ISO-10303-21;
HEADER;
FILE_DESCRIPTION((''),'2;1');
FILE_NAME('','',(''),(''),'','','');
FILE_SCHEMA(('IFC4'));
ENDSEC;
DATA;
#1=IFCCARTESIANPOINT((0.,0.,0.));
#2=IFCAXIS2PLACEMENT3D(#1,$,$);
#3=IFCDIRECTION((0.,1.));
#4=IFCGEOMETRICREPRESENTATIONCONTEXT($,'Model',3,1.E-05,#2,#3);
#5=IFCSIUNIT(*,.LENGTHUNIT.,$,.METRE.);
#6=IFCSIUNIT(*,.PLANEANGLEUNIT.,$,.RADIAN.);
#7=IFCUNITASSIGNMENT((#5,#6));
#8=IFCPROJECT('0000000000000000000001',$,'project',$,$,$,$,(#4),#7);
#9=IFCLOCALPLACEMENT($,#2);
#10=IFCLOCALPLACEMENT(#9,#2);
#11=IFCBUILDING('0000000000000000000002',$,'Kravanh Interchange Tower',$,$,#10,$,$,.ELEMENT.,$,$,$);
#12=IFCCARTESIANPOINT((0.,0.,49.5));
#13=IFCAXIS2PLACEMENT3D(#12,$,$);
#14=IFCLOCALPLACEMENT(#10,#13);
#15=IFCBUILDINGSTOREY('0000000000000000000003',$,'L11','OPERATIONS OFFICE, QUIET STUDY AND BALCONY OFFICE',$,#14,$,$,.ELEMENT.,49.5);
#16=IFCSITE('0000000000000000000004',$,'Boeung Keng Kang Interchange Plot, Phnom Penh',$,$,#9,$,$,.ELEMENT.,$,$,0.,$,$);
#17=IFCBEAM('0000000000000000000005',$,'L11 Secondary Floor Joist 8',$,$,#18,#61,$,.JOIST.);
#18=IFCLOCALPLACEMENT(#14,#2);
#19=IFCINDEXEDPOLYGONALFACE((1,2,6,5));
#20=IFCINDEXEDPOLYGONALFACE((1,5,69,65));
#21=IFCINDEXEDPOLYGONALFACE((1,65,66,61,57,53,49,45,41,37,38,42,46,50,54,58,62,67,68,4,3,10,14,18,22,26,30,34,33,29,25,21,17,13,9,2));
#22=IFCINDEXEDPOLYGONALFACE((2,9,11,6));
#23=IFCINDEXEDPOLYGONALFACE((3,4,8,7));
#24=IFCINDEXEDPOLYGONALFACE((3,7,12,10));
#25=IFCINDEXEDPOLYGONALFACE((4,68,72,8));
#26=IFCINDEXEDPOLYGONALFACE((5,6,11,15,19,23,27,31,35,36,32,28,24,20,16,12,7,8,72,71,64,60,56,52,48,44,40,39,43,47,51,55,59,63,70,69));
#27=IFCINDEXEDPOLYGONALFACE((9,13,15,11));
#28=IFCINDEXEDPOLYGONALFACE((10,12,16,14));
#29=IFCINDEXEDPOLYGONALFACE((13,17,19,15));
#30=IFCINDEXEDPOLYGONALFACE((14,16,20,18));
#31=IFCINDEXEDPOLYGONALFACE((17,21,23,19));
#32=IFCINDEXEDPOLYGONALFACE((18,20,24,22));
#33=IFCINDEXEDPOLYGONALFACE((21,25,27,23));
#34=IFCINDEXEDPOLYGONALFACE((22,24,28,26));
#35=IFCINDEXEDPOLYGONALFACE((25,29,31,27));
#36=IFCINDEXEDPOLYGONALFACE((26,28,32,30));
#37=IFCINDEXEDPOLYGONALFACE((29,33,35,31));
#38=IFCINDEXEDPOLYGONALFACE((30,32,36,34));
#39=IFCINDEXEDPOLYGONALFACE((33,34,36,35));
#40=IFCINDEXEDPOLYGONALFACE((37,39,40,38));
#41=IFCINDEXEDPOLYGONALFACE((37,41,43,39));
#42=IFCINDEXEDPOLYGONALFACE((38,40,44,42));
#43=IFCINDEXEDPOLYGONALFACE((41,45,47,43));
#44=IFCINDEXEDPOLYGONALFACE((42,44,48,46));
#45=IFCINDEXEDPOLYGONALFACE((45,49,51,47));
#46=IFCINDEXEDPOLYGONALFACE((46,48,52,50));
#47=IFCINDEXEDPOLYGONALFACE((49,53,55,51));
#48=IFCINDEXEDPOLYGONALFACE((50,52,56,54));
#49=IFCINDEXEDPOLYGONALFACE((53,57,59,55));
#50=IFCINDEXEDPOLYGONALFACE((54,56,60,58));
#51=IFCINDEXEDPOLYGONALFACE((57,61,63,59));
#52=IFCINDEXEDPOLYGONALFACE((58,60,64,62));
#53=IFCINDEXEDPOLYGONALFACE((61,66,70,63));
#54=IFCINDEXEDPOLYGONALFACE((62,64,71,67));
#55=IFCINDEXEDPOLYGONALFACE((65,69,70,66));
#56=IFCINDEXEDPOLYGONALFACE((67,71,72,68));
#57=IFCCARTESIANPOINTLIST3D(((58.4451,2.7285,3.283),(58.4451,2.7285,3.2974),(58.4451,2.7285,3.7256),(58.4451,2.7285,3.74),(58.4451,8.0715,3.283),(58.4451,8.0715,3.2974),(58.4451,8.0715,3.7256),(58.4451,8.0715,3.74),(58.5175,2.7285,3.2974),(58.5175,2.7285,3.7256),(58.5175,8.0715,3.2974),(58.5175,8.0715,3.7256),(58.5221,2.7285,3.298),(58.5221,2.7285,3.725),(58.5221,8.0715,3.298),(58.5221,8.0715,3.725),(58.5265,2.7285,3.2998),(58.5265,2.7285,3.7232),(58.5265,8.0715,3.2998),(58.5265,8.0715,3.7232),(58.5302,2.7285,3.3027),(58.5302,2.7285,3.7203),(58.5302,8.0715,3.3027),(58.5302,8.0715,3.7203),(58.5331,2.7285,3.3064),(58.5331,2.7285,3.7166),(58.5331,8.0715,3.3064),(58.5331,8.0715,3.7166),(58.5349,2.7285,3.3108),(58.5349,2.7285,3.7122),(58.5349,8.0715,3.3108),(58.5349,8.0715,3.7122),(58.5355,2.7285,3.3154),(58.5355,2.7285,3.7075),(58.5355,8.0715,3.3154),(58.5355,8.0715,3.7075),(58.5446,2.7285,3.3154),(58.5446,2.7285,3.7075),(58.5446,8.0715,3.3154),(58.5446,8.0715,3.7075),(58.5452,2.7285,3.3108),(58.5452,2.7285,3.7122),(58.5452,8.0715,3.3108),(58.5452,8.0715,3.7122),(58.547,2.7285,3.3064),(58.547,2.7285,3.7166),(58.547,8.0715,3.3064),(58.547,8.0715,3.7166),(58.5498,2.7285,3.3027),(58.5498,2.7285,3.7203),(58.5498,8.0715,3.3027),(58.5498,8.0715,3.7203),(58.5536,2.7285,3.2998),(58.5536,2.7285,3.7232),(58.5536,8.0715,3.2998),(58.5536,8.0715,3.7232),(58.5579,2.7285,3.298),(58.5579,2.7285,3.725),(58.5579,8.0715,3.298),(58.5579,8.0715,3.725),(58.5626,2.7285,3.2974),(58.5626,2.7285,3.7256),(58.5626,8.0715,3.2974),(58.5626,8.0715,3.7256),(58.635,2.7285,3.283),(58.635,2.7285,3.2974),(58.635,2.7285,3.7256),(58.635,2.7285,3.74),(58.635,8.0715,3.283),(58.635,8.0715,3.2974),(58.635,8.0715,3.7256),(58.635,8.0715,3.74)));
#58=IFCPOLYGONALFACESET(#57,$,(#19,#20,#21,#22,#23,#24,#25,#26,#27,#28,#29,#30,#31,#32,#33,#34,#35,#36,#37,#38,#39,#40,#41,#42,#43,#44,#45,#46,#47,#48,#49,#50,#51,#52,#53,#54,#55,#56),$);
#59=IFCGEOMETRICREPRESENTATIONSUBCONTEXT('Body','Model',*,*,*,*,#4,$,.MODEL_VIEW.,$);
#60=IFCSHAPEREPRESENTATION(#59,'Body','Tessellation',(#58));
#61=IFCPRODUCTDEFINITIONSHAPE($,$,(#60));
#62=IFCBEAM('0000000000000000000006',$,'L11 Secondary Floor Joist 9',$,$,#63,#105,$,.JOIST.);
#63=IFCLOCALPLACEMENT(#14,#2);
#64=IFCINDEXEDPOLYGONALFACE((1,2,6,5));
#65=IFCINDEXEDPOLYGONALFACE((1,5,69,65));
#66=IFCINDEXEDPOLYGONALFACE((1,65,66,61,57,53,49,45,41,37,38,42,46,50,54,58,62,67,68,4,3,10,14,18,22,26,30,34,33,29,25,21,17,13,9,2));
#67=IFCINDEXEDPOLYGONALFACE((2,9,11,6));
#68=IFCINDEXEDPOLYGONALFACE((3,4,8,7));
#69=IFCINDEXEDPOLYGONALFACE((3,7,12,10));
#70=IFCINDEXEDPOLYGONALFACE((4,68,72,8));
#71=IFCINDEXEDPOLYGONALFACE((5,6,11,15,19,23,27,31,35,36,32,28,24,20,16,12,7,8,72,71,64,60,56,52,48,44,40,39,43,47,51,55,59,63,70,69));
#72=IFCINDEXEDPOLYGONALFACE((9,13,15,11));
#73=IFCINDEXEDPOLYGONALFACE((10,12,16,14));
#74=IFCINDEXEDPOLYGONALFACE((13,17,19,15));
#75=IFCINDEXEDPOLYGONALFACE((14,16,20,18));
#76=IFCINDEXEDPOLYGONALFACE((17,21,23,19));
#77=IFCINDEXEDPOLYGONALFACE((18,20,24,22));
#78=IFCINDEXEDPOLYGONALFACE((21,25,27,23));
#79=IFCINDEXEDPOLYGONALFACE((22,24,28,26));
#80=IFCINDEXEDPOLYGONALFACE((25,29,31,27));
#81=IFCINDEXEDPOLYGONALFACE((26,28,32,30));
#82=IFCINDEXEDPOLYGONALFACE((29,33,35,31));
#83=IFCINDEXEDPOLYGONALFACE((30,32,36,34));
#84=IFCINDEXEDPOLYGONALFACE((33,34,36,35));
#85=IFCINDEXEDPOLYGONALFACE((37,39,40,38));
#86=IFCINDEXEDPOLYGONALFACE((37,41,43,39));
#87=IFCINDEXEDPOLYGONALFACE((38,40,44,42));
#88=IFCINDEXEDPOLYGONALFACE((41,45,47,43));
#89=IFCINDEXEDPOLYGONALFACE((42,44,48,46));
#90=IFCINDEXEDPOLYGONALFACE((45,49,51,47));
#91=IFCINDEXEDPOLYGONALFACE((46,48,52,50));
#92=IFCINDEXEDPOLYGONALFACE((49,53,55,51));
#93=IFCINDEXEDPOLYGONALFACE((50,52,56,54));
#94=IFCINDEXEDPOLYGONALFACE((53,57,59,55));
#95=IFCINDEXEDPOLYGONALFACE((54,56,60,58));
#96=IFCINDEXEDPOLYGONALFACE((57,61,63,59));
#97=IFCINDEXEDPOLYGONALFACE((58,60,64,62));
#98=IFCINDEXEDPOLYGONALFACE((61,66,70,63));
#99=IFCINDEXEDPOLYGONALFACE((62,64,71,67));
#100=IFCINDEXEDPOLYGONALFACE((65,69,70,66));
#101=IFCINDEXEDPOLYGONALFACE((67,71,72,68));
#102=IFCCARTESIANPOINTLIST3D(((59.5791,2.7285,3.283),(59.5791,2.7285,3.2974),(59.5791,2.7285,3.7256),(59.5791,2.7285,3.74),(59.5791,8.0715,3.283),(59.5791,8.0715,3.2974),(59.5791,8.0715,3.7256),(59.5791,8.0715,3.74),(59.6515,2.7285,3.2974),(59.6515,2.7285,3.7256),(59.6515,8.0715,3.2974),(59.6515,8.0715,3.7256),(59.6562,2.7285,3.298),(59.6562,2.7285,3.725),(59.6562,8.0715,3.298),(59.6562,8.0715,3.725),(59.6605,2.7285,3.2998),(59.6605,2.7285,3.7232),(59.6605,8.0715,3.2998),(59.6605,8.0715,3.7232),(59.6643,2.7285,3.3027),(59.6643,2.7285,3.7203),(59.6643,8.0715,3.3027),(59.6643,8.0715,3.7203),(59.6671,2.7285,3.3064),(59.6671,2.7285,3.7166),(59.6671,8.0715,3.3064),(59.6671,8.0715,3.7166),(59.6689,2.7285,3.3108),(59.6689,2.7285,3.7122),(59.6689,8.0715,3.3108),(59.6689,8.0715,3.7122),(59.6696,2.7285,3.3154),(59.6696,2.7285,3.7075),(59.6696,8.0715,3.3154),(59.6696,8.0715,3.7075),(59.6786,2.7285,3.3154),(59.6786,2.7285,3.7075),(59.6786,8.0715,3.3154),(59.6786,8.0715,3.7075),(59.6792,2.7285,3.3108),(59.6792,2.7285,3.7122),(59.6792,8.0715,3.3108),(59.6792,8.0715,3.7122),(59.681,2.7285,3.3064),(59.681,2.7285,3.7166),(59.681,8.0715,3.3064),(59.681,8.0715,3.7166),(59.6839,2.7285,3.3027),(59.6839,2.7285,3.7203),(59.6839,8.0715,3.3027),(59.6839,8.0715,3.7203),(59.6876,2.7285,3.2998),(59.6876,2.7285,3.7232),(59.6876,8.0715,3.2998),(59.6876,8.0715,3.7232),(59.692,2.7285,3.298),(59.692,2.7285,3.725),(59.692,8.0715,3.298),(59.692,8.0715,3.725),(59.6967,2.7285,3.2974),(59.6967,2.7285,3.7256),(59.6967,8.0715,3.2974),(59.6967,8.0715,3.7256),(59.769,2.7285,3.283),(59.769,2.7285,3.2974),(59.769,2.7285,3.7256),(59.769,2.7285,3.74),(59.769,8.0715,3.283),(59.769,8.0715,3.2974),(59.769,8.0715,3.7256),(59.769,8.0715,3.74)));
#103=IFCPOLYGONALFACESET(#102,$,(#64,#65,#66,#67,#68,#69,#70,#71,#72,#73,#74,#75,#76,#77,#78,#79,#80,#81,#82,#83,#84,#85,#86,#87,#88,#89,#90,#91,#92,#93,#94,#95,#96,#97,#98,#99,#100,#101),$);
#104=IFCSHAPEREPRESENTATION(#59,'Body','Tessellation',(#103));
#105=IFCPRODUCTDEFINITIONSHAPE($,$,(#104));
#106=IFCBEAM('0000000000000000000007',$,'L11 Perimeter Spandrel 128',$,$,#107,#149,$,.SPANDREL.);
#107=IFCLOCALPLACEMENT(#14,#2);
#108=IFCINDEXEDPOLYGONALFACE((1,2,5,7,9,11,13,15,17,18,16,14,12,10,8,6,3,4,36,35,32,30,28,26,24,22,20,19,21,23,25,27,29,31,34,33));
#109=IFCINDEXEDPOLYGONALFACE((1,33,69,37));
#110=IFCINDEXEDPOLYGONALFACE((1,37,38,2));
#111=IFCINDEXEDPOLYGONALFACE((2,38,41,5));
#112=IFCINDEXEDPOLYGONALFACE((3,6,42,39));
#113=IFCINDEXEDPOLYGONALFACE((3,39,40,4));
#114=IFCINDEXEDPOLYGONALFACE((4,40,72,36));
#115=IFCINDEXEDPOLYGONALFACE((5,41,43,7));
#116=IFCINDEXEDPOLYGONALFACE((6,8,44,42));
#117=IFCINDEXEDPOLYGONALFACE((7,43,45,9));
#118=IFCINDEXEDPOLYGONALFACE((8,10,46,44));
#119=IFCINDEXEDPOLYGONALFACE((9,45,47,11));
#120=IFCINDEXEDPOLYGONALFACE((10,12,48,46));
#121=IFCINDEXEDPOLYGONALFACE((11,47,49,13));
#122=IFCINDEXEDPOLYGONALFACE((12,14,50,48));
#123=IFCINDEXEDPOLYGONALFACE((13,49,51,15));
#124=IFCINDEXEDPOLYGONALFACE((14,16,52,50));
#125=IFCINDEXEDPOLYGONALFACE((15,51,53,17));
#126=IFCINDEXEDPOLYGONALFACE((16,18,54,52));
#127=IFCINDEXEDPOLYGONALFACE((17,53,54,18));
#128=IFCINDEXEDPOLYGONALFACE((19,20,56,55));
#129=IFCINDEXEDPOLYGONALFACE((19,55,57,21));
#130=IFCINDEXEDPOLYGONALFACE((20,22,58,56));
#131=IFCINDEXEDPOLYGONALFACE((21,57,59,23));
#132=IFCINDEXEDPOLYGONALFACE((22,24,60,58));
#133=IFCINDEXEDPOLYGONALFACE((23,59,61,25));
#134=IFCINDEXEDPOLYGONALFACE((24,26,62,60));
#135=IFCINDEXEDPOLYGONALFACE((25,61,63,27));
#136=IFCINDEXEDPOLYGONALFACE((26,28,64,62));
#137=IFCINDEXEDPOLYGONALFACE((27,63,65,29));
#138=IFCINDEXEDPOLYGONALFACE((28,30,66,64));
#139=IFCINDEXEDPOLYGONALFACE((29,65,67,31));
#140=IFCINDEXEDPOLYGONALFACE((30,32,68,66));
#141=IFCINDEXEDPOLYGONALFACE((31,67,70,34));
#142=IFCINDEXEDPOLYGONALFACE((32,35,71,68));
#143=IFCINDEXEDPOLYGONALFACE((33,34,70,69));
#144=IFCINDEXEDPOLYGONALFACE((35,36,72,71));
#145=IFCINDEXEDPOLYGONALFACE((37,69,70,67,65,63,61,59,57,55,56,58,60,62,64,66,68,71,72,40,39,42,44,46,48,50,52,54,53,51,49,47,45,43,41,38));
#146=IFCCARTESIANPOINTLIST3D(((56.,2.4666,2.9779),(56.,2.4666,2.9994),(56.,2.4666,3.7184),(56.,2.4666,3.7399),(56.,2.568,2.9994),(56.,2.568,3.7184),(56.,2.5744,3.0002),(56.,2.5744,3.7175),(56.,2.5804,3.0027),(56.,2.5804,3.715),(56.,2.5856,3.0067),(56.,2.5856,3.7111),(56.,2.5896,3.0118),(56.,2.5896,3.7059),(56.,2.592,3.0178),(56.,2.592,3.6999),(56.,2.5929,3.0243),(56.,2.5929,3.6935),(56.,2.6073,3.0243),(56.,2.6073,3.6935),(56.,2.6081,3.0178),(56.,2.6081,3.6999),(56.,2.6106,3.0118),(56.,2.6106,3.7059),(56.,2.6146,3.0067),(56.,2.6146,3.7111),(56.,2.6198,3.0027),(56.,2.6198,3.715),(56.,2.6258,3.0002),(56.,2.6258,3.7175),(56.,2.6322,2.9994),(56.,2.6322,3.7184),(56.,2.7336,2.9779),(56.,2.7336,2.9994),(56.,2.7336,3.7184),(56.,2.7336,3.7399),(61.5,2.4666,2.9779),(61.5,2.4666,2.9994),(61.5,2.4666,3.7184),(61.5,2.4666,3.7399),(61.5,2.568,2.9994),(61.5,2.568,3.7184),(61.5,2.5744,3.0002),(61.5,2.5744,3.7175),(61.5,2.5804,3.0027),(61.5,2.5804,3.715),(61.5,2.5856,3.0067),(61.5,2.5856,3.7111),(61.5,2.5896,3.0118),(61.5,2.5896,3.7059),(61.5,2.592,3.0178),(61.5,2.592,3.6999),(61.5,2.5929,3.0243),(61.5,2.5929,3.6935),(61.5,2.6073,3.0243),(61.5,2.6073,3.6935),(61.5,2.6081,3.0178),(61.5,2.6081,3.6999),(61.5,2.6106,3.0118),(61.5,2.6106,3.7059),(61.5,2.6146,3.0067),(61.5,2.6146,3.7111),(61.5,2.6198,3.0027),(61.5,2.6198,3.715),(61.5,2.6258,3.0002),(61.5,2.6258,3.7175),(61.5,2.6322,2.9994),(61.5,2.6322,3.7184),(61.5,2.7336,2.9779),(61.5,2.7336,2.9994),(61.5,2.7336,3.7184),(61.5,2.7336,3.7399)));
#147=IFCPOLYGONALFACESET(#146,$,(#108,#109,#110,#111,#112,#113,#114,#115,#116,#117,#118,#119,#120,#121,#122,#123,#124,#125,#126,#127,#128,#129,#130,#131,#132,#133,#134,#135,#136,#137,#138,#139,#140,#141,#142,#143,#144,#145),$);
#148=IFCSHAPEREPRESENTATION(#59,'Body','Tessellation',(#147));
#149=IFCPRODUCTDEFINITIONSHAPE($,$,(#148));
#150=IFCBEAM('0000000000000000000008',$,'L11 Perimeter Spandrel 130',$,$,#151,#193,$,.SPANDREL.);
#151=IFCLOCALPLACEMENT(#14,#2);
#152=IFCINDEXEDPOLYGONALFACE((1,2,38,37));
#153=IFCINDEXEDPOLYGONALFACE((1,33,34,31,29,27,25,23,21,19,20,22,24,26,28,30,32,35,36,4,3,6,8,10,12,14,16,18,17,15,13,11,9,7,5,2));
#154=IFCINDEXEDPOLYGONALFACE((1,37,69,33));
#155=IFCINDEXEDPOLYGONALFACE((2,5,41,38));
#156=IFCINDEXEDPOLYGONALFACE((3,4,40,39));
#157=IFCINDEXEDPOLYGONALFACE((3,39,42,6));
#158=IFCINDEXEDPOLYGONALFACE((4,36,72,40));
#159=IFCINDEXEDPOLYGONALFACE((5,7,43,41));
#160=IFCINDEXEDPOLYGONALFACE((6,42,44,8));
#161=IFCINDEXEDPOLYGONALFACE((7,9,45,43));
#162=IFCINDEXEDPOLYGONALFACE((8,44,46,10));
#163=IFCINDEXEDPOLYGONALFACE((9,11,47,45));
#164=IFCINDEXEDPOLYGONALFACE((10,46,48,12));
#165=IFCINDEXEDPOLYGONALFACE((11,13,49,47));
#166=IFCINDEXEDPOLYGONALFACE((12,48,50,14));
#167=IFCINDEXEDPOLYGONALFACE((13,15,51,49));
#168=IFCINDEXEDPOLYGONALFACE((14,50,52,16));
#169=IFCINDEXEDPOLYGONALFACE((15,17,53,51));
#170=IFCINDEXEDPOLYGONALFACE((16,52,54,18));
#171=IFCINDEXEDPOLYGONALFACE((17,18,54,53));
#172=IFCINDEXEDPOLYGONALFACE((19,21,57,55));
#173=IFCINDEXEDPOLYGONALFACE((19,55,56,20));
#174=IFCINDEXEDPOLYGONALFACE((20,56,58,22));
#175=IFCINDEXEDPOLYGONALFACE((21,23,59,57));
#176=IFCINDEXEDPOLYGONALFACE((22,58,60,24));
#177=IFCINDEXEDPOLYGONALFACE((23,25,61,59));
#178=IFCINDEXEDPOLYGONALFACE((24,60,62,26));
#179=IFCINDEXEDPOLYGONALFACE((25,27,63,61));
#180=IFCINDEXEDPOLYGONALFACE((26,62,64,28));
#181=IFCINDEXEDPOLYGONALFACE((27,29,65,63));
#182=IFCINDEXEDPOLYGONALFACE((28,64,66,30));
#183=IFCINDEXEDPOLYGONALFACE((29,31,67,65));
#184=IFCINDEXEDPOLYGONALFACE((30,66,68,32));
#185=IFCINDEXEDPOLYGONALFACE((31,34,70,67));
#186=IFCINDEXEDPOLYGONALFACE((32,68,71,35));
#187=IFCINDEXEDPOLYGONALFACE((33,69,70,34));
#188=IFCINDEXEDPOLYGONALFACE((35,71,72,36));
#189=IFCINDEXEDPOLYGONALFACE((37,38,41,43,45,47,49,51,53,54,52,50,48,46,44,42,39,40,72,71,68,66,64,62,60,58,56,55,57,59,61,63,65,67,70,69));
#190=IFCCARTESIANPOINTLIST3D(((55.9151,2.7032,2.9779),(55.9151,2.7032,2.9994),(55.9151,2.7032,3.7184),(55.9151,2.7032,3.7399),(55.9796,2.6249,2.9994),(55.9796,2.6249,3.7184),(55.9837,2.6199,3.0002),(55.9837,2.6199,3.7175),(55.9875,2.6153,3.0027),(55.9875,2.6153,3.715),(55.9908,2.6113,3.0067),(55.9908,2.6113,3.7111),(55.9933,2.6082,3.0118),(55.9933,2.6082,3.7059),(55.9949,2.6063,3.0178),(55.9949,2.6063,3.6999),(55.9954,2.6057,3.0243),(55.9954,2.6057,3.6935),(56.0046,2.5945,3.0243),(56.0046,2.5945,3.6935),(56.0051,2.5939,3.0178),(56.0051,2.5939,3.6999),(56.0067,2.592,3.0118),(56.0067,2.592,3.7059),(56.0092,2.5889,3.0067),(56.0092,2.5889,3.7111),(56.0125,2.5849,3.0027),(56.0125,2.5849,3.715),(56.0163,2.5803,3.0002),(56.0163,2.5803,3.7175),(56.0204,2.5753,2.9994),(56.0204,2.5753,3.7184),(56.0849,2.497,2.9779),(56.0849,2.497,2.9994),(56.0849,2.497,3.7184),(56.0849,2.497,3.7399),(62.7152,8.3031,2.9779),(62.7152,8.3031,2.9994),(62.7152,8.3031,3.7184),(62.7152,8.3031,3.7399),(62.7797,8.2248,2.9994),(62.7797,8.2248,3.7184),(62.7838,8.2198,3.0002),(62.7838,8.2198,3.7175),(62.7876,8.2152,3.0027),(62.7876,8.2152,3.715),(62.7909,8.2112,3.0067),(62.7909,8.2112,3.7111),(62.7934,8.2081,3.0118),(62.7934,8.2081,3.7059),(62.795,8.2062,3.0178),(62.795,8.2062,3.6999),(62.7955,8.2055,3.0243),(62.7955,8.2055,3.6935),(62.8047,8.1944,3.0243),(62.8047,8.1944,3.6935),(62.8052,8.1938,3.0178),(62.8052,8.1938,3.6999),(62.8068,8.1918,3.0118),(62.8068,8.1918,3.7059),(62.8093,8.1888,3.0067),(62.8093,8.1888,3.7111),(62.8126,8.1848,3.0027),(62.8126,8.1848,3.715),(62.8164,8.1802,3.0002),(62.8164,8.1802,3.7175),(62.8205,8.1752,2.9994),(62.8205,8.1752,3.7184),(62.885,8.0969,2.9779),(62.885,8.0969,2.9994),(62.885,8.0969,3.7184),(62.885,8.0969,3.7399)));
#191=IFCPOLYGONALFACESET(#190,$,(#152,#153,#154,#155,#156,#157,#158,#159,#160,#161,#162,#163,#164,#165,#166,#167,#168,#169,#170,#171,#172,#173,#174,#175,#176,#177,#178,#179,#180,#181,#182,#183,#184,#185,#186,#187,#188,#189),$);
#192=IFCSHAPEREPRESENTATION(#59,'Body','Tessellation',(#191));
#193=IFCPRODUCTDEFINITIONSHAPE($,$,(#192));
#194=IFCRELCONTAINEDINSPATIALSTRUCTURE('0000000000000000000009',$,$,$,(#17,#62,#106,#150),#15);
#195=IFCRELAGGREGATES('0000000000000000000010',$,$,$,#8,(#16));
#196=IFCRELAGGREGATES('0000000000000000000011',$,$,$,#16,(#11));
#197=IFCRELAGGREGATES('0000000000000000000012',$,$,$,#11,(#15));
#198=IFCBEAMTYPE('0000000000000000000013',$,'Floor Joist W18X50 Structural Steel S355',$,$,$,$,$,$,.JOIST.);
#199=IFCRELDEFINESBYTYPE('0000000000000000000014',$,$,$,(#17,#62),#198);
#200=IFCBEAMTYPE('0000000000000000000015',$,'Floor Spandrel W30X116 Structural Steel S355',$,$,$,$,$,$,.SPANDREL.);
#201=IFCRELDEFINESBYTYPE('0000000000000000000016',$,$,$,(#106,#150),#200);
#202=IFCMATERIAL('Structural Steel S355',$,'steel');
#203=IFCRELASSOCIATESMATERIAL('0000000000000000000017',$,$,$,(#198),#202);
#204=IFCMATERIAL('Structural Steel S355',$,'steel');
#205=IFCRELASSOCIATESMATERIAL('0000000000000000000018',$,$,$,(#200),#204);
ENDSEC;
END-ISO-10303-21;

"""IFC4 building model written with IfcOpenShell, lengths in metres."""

from ifc_helpers import new_model, si_unit, direction, frame, origin, origin_2d, place, context, subcontext, project, spatial, i_section, extrude, material, material_profile, profile_set, type_object, element, save


model = new_model("IFC4")

# Units and contexts
model_context = context("Model", 3, precision=1e-05, world=origin(), true_north=direction((0.0, 1.0)))
body_context = subcontext(model_context, "Body", "Model", "MODEL_VIEW")
ifc_project = project(units=[si_unit("LENGTHUNIT", "METRE"), si_unit("PLANEANGLEUNIT", "RADIAN")], contexts=[model_context])

# Site, building, storey
site_placement = place(None, origin())
site = spatial("IfcSite", under=ifc_project, at=site_placement, Name="Boeung Keng Kang Interchange Plot, Phnom Penh", CompositionType="ELEMENT", RefElevation=0.0)
building_placement = place(site_placement, origin())
building = spatial("IfcBuilding", under=site, at=building_placement, Name="Kravanh Interchange Tower", CompositionType="ELEMENT")
storey_placement = place(building_placement, frame((0.0, 0.0, 49.5)))
storey = spatial("IfcBuildingStorey", under=building, at=storey_placement, Name="L11", Description="OPERATIONS OFFICE, QUIET STUDY AND BALCONY OFFICE", CompositionType="ELEMENT", Elevation=49.5)

# Beams
ifc_material_1 = material(Name="Structural Steel S355", Category="steel")
ifc_material_profile_1 = material_profile(ifc_material_1, i_section(OverallWidth=0.1899, OverallDepth=0.457, WebThickness=0.009, FlangeThickness=0.0144, FilletRadius=0.0181, at=origin_2d()), Name="W18X50")
ifc_profile_set_1 = profile_set([ifc_material_profile_1], Name="Structural Steel S355")
beam_type_1 = type_object("IfcBeamType", Name="Floor Joist W18X50 Structural Steel S355", PredefinedType="JOIST", material=ifc_profile_set_1)
for number, where, z_axis, x_axis, name in (
    (1, (58.54, 2.7285, 3.5115), (0.0, 1.0, 0.0), (-1.0, 0.0, 0.0), "L11 Secondary Floor Joist 8"),
    (2, (59.6741, 2.7285, 3.5115), (0.0, 1.0, 0.0), (-1.0, 0.0, 0.0), "L11 Secondary Floor Joist 9"),
):
    element("IfcBeam", number, at=place(storey_placement, frame(where, z_axis=z_axis, x_axis=x_axis)), inside=storey, type_object=beam_type_1, Name=name, PredefinedType="JOIST", context=body_context, shape_type="SweptSolid", body=[
        extrude(i_section(OverallWidth=0.1899, OverallDepth=0.457, WebThickness=0.009, FlangeThickness=0.0144, FilletRadius=0.0181, at=origin_2d()), origin(), (0.0, 0.0, 1.0), 5.343),
    ])
ifc_material_2 = material(Name="Structural Steel S355", Category="steel")
ifc_material_profile_2 = material_profile(ifc_material_2, i_section(OverallWidth=0.2671, OverallDepth=0.762, WebThickness=0.0144, FlangeThickness=0.0215, FilletRadius=0.0249, at=origin_2d()), Name="W30X116")
ifc_profile_set_2 = profile_set([ifc_material_profile_2], Name="Structural Steel S355")
beam_type_2 = type_object("IfcBeamType", Name="Floor Spandrel W30X116 Structural Steel S355", PredefinedType="SPANDREL", material=ifc_profile_set_2)
beam_1_placement = place(storey_placement, frame((56.0, 2.6001, 3.3589), z_axis=(1.0, 0.0, 0.0), x_axis=(0.0, 1.0, 0.0)))
element("IfcBeam", 3, at=beam_1_placement, inside=storey, type_object=beam_type_2, Name="L11 Perimeter Spandrel 128", PredefinedType="SPANDREL", context=body_context, shape_type="SweptSolid", body=[
    extrude(i_section(OverallWidth=0.2671, OverallDepth=0.762, WebThickness=0.0144, FlangeThickness=0.0215, FilletRadius=0.0249, at=origin_2d()), origin(), (0.0, 0.0, 1.0), 5.5),
])
beam_2_placement = place(storey_placement, frame((56.0, 2.6001, 3.3589), z_axis=(0.771941, 0.635695, 0.0), x_axis=(-0.635695, 0.771941, 0.0)))
element("IfcBeam", 4, at=beam_2_placement, inside=storey, type_object=beam_type_2, Name="L11 Perimeter Spandrel 130", PredefinedType="SPANDREL", context=body_context, shape_type="SweptSolid", body=[
    extrude(i_section(OverallWidth=0.2671, OverallDepth=0.762, WebThickness=0.0144, FlangeThickness=0.0215, FilletRadius=0.0249, at=origin_2d()), origin(), (0.0, 0.0, 1.0), 8.8091),
])

save(model, "model.ifc")
